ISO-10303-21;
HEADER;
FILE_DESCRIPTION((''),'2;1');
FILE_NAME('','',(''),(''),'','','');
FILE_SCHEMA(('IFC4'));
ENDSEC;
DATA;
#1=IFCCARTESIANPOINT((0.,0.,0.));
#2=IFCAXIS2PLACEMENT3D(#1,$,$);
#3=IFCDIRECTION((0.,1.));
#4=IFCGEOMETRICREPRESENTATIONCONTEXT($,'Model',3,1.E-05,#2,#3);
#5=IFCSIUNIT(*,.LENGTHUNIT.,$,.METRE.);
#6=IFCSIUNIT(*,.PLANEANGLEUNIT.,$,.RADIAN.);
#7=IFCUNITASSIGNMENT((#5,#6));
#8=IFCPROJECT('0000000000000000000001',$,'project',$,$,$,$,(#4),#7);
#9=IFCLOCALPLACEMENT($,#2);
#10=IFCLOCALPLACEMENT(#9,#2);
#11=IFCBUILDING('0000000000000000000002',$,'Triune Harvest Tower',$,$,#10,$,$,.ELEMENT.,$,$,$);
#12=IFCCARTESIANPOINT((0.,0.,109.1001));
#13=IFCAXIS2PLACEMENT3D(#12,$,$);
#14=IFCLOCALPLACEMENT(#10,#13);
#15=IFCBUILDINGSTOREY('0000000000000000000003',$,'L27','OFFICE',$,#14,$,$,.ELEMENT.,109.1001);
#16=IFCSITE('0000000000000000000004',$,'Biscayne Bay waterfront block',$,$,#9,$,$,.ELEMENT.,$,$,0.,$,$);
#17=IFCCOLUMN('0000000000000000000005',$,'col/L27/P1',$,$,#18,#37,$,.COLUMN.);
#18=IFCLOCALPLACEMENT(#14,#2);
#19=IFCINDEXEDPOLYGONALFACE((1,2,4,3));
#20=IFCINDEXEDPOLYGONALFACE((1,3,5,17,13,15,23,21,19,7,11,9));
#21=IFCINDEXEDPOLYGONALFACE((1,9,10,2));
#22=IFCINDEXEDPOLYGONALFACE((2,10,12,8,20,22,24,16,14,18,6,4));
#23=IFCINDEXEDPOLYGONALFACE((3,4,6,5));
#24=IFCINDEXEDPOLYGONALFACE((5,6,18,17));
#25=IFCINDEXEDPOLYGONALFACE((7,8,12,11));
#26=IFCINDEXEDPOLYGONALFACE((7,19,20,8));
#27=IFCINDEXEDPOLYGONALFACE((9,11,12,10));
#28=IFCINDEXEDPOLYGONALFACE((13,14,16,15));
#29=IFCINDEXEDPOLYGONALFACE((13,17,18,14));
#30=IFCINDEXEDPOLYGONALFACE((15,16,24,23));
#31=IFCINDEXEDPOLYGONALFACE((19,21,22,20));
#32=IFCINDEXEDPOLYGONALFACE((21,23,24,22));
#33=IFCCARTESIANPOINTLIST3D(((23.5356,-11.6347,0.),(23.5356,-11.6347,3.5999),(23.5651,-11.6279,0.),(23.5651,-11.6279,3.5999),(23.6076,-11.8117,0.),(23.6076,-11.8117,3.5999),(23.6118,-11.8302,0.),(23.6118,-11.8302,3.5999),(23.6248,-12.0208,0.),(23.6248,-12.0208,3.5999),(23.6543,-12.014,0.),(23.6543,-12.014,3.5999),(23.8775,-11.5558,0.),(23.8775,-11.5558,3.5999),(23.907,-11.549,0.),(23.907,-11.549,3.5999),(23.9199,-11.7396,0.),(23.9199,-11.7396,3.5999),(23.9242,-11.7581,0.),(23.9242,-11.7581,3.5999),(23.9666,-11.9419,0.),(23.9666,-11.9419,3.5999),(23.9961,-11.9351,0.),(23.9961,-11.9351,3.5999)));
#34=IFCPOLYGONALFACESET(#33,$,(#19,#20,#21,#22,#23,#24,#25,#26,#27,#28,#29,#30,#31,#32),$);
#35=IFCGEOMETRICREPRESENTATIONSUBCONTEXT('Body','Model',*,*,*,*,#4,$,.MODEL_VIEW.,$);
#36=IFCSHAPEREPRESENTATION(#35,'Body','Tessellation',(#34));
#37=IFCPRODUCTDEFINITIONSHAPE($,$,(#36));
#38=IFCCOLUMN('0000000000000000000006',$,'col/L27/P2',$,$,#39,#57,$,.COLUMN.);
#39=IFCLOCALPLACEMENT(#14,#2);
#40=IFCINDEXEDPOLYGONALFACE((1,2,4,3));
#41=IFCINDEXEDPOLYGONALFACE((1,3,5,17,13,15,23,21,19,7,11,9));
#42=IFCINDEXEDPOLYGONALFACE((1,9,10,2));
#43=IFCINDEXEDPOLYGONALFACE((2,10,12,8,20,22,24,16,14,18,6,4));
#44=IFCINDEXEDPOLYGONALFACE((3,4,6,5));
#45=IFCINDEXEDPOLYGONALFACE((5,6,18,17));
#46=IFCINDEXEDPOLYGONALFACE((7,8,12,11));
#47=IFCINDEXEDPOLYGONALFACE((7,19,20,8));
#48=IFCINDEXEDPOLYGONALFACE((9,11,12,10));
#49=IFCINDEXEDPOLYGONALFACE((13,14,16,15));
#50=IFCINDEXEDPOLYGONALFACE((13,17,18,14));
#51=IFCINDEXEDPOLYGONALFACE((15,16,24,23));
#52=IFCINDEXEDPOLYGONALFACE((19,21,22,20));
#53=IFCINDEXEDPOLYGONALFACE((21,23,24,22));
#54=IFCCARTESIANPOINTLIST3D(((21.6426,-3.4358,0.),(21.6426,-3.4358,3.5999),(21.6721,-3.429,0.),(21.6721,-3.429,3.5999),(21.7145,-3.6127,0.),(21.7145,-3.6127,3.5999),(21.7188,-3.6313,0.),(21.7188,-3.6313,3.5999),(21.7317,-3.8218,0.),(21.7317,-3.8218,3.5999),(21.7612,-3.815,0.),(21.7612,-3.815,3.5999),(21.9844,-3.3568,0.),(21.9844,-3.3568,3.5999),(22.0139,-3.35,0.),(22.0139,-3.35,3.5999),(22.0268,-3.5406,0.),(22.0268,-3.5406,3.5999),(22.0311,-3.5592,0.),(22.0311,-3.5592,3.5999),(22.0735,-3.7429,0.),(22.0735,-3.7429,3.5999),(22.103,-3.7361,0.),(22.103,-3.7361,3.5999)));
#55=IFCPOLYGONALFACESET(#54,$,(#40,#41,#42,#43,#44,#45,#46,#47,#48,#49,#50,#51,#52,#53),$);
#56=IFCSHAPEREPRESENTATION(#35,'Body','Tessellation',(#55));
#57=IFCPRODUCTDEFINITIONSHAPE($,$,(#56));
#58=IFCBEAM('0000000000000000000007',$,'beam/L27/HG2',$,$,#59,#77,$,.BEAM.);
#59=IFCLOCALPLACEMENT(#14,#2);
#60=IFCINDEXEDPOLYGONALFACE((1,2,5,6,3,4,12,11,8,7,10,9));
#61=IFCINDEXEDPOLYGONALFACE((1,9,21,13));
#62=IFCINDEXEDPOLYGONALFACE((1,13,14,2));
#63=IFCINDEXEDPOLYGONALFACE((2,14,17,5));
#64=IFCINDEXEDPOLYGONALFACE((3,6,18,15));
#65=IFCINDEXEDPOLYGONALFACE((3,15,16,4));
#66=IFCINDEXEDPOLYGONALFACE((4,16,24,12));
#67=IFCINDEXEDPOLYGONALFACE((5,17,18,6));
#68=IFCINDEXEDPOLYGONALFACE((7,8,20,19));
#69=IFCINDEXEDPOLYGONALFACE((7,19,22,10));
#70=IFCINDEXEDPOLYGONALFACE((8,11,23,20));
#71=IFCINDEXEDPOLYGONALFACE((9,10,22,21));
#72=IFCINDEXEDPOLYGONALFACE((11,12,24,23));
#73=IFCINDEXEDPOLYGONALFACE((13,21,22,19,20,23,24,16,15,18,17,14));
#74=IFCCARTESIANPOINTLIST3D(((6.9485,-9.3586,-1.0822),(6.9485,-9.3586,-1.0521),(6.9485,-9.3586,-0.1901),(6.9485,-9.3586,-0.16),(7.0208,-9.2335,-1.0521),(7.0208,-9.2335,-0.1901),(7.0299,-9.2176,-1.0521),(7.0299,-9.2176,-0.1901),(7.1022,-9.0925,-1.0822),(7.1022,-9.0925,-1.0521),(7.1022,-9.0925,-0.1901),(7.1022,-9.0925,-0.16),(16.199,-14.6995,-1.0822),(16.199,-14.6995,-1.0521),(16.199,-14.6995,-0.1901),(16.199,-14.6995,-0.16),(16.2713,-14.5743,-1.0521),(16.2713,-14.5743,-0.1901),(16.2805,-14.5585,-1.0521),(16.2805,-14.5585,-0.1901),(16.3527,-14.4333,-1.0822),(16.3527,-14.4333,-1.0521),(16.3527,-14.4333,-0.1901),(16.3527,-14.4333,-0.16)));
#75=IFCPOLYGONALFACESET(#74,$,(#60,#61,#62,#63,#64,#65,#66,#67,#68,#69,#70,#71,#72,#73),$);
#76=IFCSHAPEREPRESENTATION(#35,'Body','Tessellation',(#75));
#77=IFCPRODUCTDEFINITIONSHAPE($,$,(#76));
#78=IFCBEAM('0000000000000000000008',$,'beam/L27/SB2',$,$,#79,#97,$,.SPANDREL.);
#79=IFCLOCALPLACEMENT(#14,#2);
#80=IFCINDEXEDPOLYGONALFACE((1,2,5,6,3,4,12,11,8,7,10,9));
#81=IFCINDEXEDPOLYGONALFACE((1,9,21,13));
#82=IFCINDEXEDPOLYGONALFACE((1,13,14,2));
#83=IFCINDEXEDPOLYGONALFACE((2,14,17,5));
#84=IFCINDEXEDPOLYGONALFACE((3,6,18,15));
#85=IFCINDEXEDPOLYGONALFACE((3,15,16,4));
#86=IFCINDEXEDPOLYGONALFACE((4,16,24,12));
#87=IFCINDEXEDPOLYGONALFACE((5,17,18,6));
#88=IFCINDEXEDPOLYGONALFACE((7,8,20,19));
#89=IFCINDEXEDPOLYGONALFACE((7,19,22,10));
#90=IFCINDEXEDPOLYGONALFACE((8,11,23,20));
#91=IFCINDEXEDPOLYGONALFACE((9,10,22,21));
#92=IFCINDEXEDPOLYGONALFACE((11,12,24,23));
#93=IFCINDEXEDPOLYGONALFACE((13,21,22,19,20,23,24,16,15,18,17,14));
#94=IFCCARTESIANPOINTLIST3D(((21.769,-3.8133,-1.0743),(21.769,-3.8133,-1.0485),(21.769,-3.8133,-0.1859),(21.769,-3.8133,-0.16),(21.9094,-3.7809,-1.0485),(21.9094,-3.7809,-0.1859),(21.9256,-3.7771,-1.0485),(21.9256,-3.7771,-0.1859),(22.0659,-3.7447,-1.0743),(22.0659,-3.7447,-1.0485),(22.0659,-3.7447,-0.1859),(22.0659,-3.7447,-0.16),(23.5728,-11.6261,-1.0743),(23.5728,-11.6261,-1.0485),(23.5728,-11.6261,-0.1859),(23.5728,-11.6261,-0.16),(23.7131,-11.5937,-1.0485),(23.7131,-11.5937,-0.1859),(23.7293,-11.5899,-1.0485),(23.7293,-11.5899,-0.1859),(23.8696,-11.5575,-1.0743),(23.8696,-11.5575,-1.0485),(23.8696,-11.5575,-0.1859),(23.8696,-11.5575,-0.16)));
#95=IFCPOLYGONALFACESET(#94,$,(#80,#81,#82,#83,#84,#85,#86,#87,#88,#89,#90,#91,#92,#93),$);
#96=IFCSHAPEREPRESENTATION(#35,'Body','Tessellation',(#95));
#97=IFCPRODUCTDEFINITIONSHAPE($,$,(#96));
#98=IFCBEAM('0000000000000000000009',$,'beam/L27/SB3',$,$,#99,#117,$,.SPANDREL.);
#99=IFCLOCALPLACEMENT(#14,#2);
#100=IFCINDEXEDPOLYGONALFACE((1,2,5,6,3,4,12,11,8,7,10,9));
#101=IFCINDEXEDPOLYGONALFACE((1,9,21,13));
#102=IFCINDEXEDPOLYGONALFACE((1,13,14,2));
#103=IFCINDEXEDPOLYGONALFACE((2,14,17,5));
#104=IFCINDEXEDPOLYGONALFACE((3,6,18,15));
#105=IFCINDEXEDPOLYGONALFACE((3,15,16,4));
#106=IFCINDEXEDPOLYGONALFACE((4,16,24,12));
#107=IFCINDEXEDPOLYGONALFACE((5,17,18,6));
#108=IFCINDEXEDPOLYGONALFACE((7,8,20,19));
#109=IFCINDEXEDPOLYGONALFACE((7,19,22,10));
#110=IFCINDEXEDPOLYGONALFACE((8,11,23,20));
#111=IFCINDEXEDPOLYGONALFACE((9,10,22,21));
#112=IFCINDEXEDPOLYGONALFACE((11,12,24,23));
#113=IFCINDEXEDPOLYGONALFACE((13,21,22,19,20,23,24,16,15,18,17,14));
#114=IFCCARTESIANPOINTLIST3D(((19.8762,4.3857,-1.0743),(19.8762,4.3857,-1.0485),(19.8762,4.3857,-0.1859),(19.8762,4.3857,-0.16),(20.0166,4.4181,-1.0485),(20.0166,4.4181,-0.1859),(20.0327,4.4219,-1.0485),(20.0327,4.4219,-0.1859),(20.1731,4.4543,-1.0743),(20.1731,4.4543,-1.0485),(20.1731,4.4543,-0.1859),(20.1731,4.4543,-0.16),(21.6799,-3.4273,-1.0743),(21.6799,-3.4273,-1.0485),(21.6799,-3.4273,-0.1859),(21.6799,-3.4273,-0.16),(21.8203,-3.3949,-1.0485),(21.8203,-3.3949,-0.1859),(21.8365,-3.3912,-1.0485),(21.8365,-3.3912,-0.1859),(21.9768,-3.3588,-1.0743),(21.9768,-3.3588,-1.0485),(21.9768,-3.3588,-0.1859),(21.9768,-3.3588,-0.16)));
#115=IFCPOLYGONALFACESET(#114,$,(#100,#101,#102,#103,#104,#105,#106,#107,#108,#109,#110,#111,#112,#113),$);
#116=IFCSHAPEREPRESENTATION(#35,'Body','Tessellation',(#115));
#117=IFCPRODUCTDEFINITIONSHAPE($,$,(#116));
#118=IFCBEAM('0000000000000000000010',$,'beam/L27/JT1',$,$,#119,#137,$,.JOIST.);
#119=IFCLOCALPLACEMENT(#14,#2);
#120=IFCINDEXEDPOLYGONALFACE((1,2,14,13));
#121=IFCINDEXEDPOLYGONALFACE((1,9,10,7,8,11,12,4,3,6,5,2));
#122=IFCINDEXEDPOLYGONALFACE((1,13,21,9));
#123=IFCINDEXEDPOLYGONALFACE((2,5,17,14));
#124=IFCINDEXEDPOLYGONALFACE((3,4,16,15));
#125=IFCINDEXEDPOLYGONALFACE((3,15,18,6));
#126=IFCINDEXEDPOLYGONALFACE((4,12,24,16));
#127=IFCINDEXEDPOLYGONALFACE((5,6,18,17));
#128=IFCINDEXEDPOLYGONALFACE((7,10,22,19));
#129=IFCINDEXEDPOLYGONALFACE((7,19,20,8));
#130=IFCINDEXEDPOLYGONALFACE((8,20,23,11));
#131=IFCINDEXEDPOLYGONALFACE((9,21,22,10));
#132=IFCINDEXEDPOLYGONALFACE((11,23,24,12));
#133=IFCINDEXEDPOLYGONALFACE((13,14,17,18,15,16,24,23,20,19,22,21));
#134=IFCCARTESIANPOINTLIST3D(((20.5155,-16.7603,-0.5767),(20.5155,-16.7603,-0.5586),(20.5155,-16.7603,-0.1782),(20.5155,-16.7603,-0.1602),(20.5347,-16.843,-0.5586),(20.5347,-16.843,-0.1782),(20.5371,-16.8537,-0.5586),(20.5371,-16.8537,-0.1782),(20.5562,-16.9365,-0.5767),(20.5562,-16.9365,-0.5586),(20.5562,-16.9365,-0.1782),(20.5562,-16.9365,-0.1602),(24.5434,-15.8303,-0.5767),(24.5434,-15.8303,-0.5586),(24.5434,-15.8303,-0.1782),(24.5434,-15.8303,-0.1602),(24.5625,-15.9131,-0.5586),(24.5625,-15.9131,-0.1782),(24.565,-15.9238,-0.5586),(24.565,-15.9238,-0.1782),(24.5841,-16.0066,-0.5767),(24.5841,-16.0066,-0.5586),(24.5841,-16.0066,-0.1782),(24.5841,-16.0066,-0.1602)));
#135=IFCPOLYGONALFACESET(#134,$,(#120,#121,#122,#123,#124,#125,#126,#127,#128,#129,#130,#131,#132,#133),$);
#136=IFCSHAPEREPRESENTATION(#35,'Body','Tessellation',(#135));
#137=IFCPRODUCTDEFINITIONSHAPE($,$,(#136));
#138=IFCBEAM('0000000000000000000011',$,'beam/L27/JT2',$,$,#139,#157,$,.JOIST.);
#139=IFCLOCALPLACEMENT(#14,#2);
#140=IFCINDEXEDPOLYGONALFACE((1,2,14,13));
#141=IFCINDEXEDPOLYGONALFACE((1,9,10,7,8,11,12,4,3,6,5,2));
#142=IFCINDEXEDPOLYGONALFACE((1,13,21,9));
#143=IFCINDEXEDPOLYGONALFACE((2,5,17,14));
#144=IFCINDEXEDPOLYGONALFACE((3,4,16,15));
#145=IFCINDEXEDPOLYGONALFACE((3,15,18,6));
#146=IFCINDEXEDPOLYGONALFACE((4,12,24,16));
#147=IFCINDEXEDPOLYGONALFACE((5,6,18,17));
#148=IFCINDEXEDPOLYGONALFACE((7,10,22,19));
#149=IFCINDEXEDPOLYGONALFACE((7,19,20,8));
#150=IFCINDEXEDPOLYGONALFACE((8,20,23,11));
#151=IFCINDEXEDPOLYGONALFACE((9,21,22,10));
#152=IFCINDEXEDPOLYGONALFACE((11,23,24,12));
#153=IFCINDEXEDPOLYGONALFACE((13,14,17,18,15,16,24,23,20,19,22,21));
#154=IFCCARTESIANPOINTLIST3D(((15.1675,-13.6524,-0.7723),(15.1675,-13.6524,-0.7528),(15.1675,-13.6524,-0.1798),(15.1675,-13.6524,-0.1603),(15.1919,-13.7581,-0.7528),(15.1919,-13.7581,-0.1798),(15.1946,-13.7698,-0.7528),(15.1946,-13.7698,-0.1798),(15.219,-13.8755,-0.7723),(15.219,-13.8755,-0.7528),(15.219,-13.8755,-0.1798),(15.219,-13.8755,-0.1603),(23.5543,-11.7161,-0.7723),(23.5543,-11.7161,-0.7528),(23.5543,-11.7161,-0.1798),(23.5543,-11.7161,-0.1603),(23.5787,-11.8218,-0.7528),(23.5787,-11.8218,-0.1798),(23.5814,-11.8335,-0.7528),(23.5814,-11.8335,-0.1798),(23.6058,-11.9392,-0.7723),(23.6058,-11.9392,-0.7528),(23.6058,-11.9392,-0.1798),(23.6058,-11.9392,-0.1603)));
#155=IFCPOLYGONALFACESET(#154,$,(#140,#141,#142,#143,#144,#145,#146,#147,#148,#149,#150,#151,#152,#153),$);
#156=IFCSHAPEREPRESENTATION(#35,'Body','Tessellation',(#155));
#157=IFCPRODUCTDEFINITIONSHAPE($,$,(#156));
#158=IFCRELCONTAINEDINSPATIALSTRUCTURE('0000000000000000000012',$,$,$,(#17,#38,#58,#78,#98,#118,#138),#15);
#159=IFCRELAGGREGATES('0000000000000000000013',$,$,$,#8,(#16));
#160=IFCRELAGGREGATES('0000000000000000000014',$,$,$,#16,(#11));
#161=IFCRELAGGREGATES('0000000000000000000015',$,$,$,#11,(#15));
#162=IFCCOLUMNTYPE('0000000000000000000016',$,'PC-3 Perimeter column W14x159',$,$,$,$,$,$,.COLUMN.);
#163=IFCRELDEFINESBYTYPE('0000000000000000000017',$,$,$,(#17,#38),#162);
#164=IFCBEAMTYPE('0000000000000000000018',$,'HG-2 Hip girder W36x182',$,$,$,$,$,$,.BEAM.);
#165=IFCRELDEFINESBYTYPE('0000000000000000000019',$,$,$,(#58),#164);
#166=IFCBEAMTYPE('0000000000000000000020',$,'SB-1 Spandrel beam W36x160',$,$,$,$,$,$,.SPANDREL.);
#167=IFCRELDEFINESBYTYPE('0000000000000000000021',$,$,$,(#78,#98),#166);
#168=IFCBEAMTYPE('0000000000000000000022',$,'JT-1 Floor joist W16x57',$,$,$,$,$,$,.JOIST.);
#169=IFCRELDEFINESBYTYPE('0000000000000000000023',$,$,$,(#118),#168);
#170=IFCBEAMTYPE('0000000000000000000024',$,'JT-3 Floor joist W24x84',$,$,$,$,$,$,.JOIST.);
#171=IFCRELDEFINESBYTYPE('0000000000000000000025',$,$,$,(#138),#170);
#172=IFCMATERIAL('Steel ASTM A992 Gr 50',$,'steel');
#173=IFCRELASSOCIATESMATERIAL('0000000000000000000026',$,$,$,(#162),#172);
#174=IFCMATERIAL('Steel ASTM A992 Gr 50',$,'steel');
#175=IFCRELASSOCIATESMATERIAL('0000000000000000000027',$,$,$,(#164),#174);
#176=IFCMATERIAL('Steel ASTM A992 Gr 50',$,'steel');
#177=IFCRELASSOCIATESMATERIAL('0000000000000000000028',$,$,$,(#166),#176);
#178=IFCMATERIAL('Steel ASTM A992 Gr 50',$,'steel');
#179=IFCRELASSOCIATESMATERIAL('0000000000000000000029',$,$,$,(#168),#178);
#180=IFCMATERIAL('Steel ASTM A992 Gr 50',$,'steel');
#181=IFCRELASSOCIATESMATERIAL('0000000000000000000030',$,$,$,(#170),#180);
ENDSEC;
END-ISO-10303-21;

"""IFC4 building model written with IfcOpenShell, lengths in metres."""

from ifc_helpers import new_model, si_unit, direction, frame, origin, origin_2d, place, context, subcontext, project, spatial, i_section, extrude, source, transform, mapped, material, material_profile, profile_set, type_object, element, save


model = new_model("IFC4")

# Units and contexts
model_context = context("Model", 3, precision=1e-05, world=origin(), true_north=direction((0.0, 1.0)))
body_context = subcontext(model_context, "Body", "Model", "MODEL_VIEW")
ifc_project = project(units=[si_unit("LENGTHUNIT", "METRE"), si_unit("PLANEANGLEUNIT", "RADIAN")], contexts=[model_context])

# Site, building, storey
site_placement = place(None, origin())
site = spatial("IfcSite", under=ifc_project, at=site_placement, Name="Biscayne Bay waterfront block", CompositionType="ELEMENT", RefElevation=0.0)
building_placement = place(site_placement, origin())
building = spatial("IfcBuilding", under=site, at=building_placement, Name="Triune Harvest Tower", CompositionType="ELEMENT")
storey_placement = place(building_placement, frame((0.0, 0.0, 109.1001)))
storey = spatial("IfcBuildingStorey", under=building, at=storey_placement, Name="L27", Description="OFFICE", CompositionType="ELEMENT", Elevation=109.1001)

# Columns
ifc_material_1 = material(Name="Steel ASTM A992 Gr 50", Category="steel")
ifc_material_profile_1 = material_profile(ifc_material_1, i_section(OverallWidth=0.3962, OverallDepth=0.3811, WebThickness=0.019, FlangeThickness=0.0303, at=origin_2d()), Name="W14x159")
ifc_profile_set_1 = profile_set([ifc_material_profile_1], Name="Steel ASTM A992 Gr 50")
column_type = type_object("IfcColumnType", Name="PC-3 Perimeter column W14x159", PredefinedType="COLUMN", material=ifc_profile_set_1)
shared_shape_1 = source(origin(), body_context, "Body", "SweptSolid", [
    extrude(i_section(OverallWidth=0.3962, OverallDepth=0.3811, WebThickness=0.019, FlangeThickness=0.0303, at=origin_2d()), origin(), (0.0, 0.0, 1.0), 3.5999),
])
for number, where, z_axis, x_axis, name in (
    (1, (23.7659, -11.7849, 0.0), (0.0, 0.0, 1.0), (-0.224953, 0.97437, 0.0), "col/L27/P1"),
    (2, (21.8728, -3.5859, 0.0), (0.0, 0.0, 1.0), (-0.224953, 0.97437, 0.0), "col/L27/P2"),
):
    element("IfcColumn", number, at=place(storey_placement, frame(where, z_axis=z_axis, x_axis=x_axis)), inside=storey, type_object=column_type, Name=name, PredefinedType="COLUMN", context=body_context, shape_type="MappedRepresentation", body=[
        mapped(shared_shape_1, transform((0.0, 0.0, 0.0), scale=1.0)),
    ])

# Beams
ifc_material_2 = material(Name="Steel ASTM A992 Gr 50", Category="steel")
ifc_material_profile_2 = material_profile(ifc_material_2, i_section(OverallWidth=0.3074, OverallDepth=0.9221, WebThickness=0.0183, FlangeThickness=0.03, at=origin_2d()), Name="W36x182")
ifc_profile_set_2 = profile_set([ifc_material_profile_2], Name="Steel ASTM A992 Gr 50")
beam_type_1 = type_object("IfcBeamType", Name="HG-2 Hip girder W36x182", PredefinedType="BEAM", material=ifc_profile_set_2)
shared_shape_2 = source(origin(), body_context, "Body", "SweptSolid", [
    extrude(i_section(OverallWidth=0.3074, OverallDepth=0.9221, WebThickness=0.0183, FlangeThickness=0.03, at=origin_2d()), origin(), (0.0, 0.0, 1.0), 10.6816),
])
beam_1_placement = place(storey_placement, frame((16.2759, -14.5664, -0.6211), z_axis=(-0.866023, 0.500003, 0.0), x_axis=(-0.500003, -0.866023, 0.0)))
element("IfcBeam", 3, at=beam_1_placement, inside=storey, type_object=beam_type_1, Name="beam/L27/HG2", PredefinedType="BEAM", context=body_context, shape_type="MappedRepresentation", body=[
    mapped(shared_shape_2, transform((0.0, 0.0, 0.0), scale=1.0)),
])
ifc_material_3 = material(Name="Steel ASTM A992 Gr 50", Category="steel")
ifc_material_profile_3 = material_profile(ifc_material_3, i_section(OverallWidth=0.3047, OverallDepth=0.9143, WebThickness=0.0166, FlangeThickness=0.0259, at=origin_2d()), Name="W36x160")
ifc_profile_set_3 = profile_set([ifc_material_profile_3], Name="Steel ASTM A992 Gr 50")
beam_type_2 = type_object("IfcBeamType", Name="SB-1 Spandrel beam W36x160", PredefinedType="SPANDREL", material=ifc_profile_set_3)
shared_shape_3 = source(origin(), body_context, "Body", "SweptSolid", [
    extrude(i_section(OverallWidth=0.3047, OverallDepth=0.9143, WebThickness=0.0166, FlangeThickness=0.0259, at=origin_2d()), origin(), (0.0, 0.0, 1.0), 8.0183),
])
beam_2_placement = place(storey_placement, frame((23.7212, -11.5918, -0.6172), z_axis=(-0.224951, 0.97437, 0.0), x_axis=(-0.97437, -0.224951, 0.0)))
element("IfcBeam", 4, at=beam_2_placement, inside=storey, type_object=beam_type_2, Name="beam/L27/SB2", PredefinedType="SPANDREL", context=body_context, shape_type="MappedRepresentation", body=[
    mapped(shared_shape_3, transform((0.0, 0.0, 0.0), scale=1.0)),
])
shared_shape_4 = source(origin(), body_context, "Body", "SweptSolid", [
    extrude(i_section(OverallWidth=0.3047, OverallDepth=0.9143, WebThickness=0.0166, FlangeThickness=0.0259, at=origin_2d()), origin(), (0.0, 0.0, 1.0), 8.0186),
])
beam_3_placement = place(storey_placement, frame((21.8284, -3.3931, -0.6172), z_axis=(-0.224944, 0.974372, 0.0), x_axis=(-0.974372, -0.224944, 0.0)))
element("IfcBeam", 5, at=beam_3_placement, inside=storey, type_object=beam_type_2, Name="beam/L27/SB3", PredefinedType="SPANDREL", context=body_context, shape_type="MappedRepresentation", body=[
    mapped(shared_shape_4, transform((0.0, 0.0, 0.0), scale=1.0)),
])
ifc_material_4 = material(Name="Steel ASTM A992 Gr 50", Category="steel")
ifc_material_profile_4 = material_profile(ifc_material_4, i_section(OverallWidth=0.1809, OverallDepth=0.4165, WebThickness=0.011, FlangeThickness=0.0181, at=origin_2d()), Name="W16x57")
ifc_profile_set_4 = profile_set([ifc_material_profile_4], Name="Steel ASTM A992 Gr 50")
beam_type_3 = type_object("IfcBeamType", Name="JT-1 Floor joist W16x57", PredefinedType="JOIST", material=ifc_profile_set_4)
shared_shape_5 = source(origin(), body_context, "Body", "SweptSolid", [
    extrude(i_section(OverallWidth=0.1809, OverallDepth=0.4165, WebThickness=0.011, FlangeThickness=0.0181, at=origin_2d()), origin(), (0.0, 0.0, 1.0), 4.1338),
])
beam_4_placement = place(storey_placement, frame((24.5637, -15.9185, -0.3684), z_axis=(-0.974368, -0.224959, 0.0), x_axis=(0.224959, -0.974368, 0.0)))
element("IfcBeam", 6, at=beam_4_placement, inside=storey, type_object=beam_type_3, Name="beam/L27/JT1", PredefinedType="JOIST", context=body_context, shape_type="MappedRepresentation", body=[
    mapped(shared_shape_5, transform((0.0, 0.0, 0.0), scale=1.0)),
])
ifc_material_5 = material(Name="Steel ASTM A992 Gr 50", Category="steel")
ifc_material_profile_5 = material_profile(ifc_material_5, i_section(OverallWidth=0.229, OverallDepth=0.6121, WebThickness=0.012, FlangeThickness=0.0195, at=origin_2d()), Name="W24x84")
ifc_profile_set_5 = profile_set([ifc_material_profile_5], Name="Steel ASTM A992 Gr 50")
beam_type_4 = type_object("IfcBeamType", Name="JT-3 Floor joist W24x84", PredefinedType="JOIST", material=ifc_profile_set_5)
shared_shape_6 = source(origin(), body_context, "Body", "SweptSolid", [
    extrude(i_section(OverallWidth=0.229, OverallDepth=0.6121, WebThickness=0.012, FlangeThickness=0.0195, at=origin_2d()), origin(), (0.0, 0.0, 1.0), 8.6074),
])
beam_5_placement = place(storey_placement, frame((23.5801, -11.8276, -0.4663), z_axis=(-0.974369, -0.224957, 0.0), x_axis=(0.224957, -0.974369, 0.0)))
element("IfcBeam", 7, at=beam_5_placement, inside=storey, type_object=beam_type_4, Name="beam/L27/JT2", PredefinedType="JOIST", context=body_context, shape_type="MappedRepresentation", body=[
    mapped(shared_shape_6, transform((0.0, 0.0, 0.0), scale=1.0)),
])

save(model, "model.ifc")
